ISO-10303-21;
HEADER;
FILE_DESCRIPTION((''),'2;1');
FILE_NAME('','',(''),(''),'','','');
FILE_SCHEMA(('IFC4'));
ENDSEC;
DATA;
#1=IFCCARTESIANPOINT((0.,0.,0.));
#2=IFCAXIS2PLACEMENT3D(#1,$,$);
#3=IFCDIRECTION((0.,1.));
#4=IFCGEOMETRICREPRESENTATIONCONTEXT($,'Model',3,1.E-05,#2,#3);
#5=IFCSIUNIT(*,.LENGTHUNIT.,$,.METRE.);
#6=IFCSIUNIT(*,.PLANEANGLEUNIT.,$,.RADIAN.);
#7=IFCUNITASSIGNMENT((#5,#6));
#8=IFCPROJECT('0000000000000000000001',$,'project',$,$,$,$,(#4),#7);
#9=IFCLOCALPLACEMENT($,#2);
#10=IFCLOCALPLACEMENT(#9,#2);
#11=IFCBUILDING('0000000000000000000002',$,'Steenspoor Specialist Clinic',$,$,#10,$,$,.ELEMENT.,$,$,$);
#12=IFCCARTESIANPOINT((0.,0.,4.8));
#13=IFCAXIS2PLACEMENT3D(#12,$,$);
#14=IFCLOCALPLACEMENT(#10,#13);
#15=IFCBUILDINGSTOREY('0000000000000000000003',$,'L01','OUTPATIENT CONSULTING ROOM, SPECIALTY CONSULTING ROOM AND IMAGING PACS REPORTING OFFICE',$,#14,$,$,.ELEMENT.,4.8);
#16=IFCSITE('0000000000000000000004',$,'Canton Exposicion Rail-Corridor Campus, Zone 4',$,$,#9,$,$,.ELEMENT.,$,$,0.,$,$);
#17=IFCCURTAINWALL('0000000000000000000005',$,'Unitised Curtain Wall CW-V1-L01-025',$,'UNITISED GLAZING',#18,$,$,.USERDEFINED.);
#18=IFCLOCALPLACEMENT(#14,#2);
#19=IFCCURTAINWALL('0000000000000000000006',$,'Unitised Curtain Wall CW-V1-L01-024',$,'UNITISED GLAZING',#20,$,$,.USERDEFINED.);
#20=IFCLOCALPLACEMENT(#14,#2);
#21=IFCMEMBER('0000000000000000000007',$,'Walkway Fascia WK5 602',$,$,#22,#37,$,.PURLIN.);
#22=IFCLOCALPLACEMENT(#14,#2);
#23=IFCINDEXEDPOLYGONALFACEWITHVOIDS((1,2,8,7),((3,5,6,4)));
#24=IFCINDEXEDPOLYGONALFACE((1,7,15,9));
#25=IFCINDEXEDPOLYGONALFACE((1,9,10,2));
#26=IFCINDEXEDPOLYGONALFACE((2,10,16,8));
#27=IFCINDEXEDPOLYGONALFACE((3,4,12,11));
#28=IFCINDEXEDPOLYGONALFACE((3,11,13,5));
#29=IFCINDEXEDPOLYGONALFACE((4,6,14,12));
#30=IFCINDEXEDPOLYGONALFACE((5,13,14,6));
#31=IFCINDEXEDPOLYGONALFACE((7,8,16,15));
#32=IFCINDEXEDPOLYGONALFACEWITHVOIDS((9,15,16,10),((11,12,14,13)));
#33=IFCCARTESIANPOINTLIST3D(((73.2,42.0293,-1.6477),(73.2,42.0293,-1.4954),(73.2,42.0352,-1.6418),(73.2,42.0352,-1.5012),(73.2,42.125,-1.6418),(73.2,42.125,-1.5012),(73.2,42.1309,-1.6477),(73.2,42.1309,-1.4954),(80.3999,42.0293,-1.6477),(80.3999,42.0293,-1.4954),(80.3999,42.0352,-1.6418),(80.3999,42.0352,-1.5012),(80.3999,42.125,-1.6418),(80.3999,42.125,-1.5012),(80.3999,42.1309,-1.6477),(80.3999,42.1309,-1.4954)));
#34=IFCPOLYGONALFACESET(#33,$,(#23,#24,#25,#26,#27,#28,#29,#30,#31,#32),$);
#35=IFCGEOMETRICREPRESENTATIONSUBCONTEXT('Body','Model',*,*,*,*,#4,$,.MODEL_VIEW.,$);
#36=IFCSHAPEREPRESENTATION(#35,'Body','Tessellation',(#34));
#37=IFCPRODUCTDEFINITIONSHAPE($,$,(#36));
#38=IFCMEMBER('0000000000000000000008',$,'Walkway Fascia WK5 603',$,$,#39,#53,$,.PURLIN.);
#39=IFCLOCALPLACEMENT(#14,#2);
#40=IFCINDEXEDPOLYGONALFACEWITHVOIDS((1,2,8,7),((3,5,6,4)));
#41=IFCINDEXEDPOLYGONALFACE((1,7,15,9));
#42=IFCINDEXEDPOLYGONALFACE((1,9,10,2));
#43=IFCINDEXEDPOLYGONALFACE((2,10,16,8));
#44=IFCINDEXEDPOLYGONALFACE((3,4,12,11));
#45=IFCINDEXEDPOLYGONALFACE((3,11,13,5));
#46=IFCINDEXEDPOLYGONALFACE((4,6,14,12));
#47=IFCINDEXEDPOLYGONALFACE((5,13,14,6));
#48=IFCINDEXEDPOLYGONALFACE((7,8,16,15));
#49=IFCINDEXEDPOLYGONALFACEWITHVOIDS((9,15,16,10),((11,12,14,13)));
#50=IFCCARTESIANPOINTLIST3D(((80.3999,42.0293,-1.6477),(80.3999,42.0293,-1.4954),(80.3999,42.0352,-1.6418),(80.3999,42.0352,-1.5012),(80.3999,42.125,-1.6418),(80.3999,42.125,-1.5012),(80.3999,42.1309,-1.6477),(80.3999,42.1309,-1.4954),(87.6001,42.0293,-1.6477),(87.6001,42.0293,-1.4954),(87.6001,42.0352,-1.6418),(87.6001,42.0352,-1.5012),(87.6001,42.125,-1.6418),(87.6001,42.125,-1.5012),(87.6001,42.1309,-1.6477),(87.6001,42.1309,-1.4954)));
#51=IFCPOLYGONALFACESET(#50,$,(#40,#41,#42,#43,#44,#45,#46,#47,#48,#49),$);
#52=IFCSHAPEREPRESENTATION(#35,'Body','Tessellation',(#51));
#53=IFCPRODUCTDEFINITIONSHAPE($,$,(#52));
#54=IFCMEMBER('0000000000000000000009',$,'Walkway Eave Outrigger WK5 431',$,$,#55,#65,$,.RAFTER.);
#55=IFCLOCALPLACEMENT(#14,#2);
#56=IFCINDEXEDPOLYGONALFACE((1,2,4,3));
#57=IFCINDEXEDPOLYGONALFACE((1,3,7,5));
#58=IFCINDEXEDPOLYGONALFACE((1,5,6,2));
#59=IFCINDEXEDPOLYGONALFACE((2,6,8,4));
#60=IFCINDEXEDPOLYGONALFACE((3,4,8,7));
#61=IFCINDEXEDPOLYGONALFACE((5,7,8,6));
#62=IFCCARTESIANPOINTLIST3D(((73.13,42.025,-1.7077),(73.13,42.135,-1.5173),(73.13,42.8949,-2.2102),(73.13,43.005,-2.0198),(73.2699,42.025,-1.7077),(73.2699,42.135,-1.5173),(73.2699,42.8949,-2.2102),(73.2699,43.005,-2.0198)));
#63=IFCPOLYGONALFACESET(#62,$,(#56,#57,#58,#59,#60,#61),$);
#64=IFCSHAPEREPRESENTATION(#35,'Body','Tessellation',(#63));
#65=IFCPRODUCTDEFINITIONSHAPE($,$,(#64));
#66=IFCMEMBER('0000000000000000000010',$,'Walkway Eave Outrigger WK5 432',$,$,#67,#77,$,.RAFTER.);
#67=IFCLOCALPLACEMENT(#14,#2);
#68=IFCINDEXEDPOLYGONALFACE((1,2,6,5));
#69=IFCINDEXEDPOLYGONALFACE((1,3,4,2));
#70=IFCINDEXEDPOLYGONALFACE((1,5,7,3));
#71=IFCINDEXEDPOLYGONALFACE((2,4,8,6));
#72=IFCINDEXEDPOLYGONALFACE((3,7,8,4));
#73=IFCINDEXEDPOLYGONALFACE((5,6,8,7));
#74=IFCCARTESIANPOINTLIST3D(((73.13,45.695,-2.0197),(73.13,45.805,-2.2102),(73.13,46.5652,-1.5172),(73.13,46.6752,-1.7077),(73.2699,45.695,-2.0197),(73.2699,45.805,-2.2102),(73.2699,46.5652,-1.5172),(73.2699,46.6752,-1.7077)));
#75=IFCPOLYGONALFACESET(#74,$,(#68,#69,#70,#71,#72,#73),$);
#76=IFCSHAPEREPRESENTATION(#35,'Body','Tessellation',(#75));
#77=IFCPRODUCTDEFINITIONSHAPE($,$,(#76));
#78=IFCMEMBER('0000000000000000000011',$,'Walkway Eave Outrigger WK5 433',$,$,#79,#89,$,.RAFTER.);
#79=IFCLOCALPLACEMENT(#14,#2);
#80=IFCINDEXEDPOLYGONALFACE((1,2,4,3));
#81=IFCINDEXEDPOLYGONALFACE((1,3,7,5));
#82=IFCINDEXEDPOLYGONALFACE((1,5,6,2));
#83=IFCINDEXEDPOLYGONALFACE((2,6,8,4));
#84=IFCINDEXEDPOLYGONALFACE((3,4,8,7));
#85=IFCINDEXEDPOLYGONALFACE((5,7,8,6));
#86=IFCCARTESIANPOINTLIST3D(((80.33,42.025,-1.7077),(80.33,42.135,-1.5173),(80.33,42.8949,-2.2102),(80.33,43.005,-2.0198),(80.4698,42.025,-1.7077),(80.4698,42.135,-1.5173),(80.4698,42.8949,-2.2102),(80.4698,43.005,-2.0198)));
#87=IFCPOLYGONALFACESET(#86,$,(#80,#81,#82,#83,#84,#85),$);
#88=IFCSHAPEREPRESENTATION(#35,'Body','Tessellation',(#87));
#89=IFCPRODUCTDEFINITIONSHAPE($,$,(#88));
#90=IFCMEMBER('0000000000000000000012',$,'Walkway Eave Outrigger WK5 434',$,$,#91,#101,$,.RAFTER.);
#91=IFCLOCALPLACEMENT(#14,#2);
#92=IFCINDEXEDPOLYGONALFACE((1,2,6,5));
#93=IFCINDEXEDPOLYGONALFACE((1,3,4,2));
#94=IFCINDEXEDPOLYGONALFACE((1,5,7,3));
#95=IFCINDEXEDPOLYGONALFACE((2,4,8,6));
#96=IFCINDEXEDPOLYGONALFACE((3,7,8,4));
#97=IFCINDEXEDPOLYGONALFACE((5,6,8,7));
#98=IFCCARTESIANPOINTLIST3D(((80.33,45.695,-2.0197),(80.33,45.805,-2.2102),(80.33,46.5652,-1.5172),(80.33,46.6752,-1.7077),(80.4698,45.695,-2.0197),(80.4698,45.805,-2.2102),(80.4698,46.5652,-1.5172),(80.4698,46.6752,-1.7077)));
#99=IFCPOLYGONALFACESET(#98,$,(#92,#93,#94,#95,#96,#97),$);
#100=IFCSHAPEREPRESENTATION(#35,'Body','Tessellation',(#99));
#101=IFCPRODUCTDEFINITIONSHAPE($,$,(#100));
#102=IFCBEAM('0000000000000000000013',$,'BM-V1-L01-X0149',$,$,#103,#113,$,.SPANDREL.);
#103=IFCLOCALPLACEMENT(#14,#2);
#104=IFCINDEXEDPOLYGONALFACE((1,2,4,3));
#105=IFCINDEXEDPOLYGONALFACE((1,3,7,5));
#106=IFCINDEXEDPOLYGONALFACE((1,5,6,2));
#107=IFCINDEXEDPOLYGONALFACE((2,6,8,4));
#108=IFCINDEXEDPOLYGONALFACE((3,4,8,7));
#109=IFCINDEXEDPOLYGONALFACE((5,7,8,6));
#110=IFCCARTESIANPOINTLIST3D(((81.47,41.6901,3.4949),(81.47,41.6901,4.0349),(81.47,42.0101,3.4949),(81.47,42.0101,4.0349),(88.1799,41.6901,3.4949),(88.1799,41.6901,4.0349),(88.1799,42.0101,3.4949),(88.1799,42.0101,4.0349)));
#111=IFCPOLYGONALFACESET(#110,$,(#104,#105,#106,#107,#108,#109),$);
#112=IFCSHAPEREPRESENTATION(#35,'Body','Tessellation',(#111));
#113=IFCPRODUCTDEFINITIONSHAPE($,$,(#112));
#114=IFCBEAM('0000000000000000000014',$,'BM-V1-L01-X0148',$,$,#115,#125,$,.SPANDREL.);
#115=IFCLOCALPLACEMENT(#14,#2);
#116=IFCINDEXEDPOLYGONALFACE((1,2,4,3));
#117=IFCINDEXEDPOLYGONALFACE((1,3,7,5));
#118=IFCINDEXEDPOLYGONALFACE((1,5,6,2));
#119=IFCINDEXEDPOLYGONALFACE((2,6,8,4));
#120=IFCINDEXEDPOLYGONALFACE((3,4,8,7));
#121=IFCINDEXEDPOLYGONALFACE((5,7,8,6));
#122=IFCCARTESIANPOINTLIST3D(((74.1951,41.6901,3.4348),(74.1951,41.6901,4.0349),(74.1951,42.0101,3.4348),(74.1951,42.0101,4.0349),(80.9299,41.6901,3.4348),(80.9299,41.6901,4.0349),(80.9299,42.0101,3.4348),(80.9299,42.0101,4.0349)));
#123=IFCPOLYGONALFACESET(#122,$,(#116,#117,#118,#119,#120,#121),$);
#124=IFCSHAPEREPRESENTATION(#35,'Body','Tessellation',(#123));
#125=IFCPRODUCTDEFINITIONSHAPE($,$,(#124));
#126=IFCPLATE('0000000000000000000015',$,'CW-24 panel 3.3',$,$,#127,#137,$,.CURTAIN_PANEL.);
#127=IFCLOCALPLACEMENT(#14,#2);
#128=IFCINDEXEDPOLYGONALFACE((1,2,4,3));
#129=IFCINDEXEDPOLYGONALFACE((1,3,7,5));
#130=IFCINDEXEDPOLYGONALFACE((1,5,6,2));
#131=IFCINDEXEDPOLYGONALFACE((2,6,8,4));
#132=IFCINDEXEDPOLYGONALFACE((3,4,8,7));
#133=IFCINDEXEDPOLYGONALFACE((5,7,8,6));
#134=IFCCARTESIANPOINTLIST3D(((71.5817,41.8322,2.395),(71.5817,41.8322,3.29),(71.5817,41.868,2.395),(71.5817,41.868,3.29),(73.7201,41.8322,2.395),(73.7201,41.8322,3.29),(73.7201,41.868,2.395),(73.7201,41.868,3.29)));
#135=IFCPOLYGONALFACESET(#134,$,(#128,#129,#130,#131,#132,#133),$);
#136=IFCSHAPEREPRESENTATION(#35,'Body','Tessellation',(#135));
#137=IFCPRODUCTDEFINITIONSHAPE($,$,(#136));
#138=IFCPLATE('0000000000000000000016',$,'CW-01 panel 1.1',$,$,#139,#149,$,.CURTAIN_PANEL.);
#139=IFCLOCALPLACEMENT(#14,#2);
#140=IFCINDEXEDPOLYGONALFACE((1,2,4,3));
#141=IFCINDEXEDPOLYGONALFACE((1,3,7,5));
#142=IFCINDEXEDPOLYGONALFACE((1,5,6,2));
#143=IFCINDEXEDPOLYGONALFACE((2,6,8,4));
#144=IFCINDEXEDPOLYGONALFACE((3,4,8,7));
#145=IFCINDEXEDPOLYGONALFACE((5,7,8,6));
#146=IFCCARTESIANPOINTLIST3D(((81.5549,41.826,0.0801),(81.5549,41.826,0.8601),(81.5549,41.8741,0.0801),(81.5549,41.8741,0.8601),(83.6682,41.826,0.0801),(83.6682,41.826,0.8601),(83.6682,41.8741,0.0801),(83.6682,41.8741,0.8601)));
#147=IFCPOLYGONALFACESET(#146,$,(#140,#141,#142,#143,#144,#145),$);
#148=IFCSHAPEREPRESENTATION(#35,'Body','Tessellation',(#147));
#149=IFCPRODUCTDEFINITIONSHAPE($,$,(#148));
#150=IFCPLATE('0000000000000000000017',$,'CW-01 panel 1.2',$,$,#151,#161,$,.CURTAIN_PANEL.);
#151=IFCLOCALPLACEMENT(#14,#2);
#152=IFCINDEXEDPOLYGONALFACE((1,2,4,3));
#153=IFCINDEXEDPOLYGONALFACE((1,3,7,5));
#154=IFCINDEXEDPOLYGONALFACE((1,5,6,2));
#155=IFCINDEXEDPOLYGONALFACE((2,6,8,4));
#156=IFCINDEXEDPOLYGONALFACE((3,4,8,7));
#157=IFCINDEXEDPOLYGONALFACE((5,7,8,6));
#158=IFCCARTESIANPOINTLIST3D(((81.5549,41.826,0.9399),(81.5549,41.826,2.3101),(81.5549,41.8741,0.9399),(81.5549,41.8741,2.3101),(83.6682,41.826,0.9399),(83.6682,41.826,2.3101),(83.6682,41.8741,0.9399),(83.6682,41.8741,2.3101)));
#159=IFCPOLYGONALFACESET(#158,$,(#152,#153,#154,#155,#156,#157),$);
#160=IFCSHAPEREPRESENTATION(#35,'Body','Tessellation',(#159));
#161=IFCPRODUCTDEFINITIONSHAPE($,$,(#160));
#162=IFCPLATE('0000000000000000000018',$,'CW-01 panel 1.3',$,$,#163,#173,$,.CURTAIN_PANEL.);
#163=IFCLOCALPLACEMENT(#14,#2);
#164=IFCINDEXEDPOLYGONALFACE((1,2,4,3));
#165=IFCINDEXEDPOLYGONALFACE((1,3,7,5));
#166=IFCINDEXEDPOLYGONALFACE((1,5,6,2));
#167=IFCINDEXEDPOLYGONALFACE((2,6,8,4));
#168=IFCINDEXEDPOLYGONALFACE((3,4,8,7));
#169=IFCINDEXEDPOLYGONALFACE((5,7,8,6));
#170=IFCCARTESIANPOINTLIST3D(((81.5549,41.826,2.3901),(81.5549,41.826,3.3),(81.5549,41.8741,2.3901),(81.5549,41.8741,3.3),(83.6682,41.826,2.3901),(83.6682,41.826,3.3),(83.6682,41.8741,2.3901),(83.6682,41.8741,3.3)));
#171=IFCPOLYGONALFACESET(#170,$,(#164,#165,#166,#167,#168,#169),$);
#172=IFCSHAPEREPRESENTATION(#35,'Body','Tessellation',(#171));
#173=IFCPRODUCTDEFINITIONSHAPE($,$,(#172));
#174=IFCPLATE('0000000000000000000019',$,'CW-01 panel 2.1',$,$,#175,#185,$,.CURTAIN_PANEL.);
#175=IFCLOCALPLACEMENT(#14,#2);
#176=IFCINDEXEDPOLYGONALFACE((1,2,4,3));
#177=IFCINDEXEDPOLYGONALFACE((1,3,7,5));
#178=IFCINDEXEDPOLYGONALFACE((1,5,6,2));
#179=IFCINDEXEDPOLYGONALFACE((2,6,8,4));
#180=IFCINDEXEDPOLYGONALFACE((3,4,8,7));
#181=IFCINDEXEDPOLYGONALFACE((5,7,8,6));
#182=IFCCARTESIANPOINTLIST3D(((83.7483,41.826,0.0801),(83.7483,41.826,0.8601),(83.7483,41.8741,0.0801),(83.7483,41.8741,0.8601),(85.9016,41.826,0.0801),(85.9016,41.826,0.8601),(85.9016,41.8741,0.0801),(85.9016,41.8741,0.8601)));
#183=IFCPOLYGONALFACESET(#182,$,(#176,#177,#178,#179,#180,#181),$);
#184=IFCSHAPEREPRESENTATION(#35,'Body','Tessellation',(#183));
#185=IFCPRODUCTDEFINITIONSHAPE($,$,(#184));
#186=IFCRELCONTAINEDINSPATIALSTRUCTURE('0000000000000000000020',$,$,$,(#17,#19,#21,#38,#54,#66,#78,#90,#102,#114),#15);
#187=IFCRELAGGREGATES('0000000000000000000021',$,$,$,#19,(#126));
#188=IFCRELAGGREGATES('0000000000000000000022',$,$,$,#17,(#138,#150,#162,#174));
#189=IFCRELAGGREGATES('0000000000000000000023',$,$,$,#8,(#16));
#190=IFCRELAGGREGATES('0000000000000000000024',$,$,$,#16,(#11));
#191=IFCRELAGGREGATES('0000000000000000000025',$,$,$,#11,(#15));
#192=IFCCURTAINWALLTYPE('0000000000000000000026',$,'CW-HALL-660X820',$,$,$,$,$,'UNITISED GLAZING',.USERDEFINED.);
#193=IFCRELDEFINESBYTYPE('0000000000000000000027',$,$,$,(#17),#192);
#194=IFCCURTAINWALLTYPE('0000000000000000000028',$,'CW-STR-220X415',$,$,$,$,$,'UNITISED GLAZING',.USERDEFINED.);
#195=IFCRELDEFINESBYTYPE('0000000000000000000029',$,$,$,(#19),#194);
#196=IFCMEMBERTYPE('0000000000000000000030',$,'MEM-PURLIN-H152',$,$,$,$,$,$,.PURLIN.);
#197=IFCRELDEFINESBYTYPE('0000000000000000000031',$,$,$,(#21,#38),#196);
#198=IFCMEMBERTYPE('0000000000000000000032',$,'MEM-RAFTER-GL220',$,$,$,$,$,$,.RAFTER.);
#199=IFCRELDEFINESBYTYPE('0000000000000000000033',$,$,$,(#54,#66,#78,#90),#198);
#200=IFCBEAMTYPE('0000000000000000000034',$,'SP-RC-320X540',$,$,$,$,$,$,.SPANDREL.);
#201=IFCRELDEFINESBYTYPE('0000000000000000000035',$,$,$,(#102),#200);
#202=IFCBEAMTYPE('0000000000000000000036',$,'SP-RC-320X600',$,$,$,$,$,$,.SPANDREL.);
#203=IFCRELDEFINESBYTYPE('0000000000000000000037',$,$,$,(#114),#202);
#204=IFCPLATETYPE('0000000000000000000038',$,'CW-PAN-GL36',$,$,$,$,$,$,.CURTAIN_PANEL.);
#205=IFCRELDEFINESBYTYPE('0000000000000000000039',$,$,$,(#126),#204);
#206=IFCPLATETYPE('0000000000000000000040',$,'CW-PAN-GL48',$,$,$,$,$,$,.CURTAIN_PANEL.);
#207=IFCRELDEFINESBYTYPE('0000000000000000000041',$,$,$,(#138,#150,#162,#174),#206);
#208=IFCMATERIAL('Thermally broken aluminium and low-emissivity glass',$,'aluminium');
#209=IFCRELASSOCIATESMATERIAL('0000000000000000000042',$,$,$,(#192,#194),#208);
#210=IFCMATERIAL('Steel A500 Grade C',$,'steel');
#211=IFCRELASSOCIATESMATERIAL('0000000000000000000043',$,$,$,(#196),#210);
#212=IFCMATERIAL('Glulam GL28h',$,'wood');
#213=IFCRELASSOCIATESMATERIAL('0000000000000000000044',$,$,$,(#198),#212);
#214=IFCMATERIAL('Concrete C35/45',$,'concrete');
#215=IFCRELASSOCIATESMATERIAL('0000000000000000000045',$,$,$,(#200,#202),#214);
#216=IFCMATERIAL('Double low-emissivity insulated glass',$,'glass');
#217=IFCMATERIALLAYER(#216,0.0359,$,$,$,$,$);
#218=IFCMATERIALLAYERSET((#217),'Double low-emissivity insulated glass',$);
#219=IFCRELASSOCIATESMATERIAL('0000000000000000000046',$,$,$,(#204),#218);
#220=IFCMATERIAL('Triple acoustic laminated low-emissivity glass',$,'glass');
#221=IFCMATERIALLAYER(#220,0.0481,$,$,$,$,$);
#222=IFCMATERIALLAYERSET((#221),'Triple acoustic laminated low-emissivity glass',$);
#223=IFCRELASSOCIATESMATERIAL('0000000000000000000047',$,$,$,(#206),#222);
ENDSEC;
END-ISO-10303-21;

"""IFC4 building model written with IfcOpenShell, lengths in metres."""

from ifc_helpers import new_model, si_unit, direction, frame, origin, origin_2d, place, context, subcontext, project, spatial, rectangle, hollow_rectangle, extrude, material, layer, layer_set, material_profile, profile_set, type_object, element, aggregate, save


model = new_model("IFC4")

# Units and contexts
model_context = context("Model", 3, precision=1e-05, world=origin(), true_north=direction((0.0, 1.0)))
body_context = subcontext(model_context, "Body", "Model", "MODEL_VIEW")
ifc_project = project(units=[si_unit("LENGTHUNIT", "METRE"), si_unit("PLANEANGLEUNIT", "RADIAN")], contexts=[model_context])

# Site, building, storey
site_placement = place(None, origin())
site = spatial("IfcSite", under=ifc_project, at=site_placement, Name="Canton Exposicion Rail-Corridor Campus, Zone 4", CompositionType="ELEMENT", RefElevation=0.0)
building_placement = place(site_placement, origin())
building = spatial("IfcBuilding", under=site, at=building_placement, Name="Steenspoor Specialist Clinic", CompositionType="ELEMENT")
storey_placement = place(building_placement, frame((0.0, 0.0, 4.8)))
storey = spatial("IfcBuildingStorey", under=building, at=storey_placement, Name="L01", Description="OUTPATIENT CONSULTING ROOM, SPECIALTY CONSULTING ROOM AND IMAGING PACS REPORTING OFFICE", CompositionType="ELEMENT", Elevation=4.8)

# Curtain wall
ifc_material_1 = material(Name="Thermally broken aluminium and low-emissivity glass", Category="aluminium")
curtain_wall_type_1 = type_object("IfcCurtainWallType", Name="CW-HALL-660X820", ElementType="UNITISED GLAZING", PredefinedType="USERDEFINED", material=ifc_material_1)
curtain_wall_1_placement = place(storey_placement, origin())
curtain_wall_1 = element("IfcCurtainWall", 1, at=curtain_wall_1_placement, inside=storey, type_object=curtain_wall_type_1, Name="Unitised Curtain Wall CW-V1-L01-025", ObjectType="UNITISED GLAZING", PredefinedType="USERDEFINED")

# Curtain wall
curtain_wall_type_2 = type_object("IfcCurtainWallType", Name="CW-STR-220X415", ElementType="UNITISED GLAZING", PredefinedType="USERDEFINED", material=ifc_material_1)
curtain_wall_2_placement = place(storey_placement, origin())
curtain_wall_2 = element("IfcCurtainWall", 2, at=curtain_wall_2_placement, inside=storey, type_object=curtain_wall_type_2, Name="Unitised Curtain Wall CW-V1-L01-024", ObjectType="UNITISED GLAZING", PredefinedType="USERDEFINED")

# Members
ifc_material_2 = material(Name="Steel A500 Grade C", Category="steel")
ifc_material_profile_1 = material_profile(ifc_material_2, hollow_rectangle(XDim=0.1016, YDim=0.1523, WallThickness=0.0059, at=origin_2d()), Name="HSS152X102X6.4")
ifc_profile_set_1 = profile_set([ifc_material_profile_1], Name="Steel A500 Grade C")
member_type_1 = type_object("IfcMemberType", Name="MEM-PURLIN-H152", PredefinedType="PURLIN", material=ifc_profile_set_1)
member_1_placement = place(storey_placement, frame((73.2, 42.0801, -1.5715), z_axis=(1.0, 0.0, 0.0), x_axis=(0.0, 1.0, 0.0)))
element("IfcMember", 3, at=member_1_placement, inside=storey, type_object=member_type_1, Name="Walkway Fascia WK5 602", PredefinedType="PURLIN", context=body_context, shape_type="SweptSolid", body=[
    extrude(hollow_rectangle(XDim=0.1016, YDim=0.1523, WallThickness=0.0059, at=origin_2d()), origin(), (0.0, 0.0, 1.0), 7.2),
])
member_2_placement = place(storey_placement, frame((80.3999, 42.0801, -1.5715), z_axis=(1.0, 0.0, 0.0), x_axis=(0.0, 1.0, 0.0)))
element("IfcMember", 4, at=member_2_placement, inside=storey, type_object=member_type_1, Name="Walkway Fascia WK5 603", PredefinedType="PURLIN", context=body_context, shape_type="SweptSolid", body=[
    extrude(hollow_rectangle(XDim=0.1016, YDim=0.1523, WallThickness=0.0059, at=origin_2d()), origin(), (0.0, 0.0, 1.0), 7.2002),
])
ifc_material_3 = material(Name="Glulam GL28h", Category="wood")
ifc_material_profile_2 = material_profile(ifc_material_3, rectangle(XDim=0.1399, YDim=0.22, at=origin_2d()), Name="GL28H-140X220")
ifc_profile_set_2 = profile_set([ifc_material_profile_2], Name="Glulam GL28h")
member_type_2 = type_object("IfcMemberType", Name="MEM-RAFTER-GL220", PredefinedType="RAFTER", material=ifc_profile_set_2)
member_3_placement = place(storey_placement, frame((73.2, 42.95, -2.115), z_axis=(0.0, -0.865931, 0.500164), x_axis=(1.0, 0.0, 0.0)))
element("IfcMember", 5, at=member_3_placement, inside=storey, type_object=member_type_2, Name="Walkway Eave Outrigger WK5 431", PredefinedType="RAFTER", context=body_context, shape_type="SweptSolid", body=[
    extrude(rectangle(XDim=0.1399, YDim=0.22, at=origin_2d()), origin(), (0.0, 0.0, 1.0), 1.0046),
])
member_4_placement = place(storey_placement, frame((73.2, 45.75, -2.115), z_axis=(0.0, 0.865991, 0.500059), x_axis=(-1.0, 0.0, 0.0)))
element("IfcMember", 6, at=member_4_placement, inside=storey, type_object=member_type_2, Name="Walkway Eave Outrigger WK5 432", PredefinedType="RAFTER", context=body_context, shape_type="SweptSolid", body=[
    extrude(rectangle(XDim=0.1399, YDim=0.22, at=origin_2d()), origin(), (0.0, 0.0, 1.0), 1.0049),
])
member_5_placement = place(storey_placement, frame((80.3999, 42.95, -2.115), z_axis=(0.0, -0.865931, 0.500164), x_axis=(1.0, 0.0, 0.0)))
element("IfcMember", 7, at=member_5_placement, inside=storey, type_object=member_type_2, Name="Walkway Eave Outrigger WK5 433", PredefinedType="RAFTER", context=body_context, shape_type="SweptSolid", body=[
    extrude(rectangle(XDim=0.1399, YDim=0.22, at=origin_2d()), origin(), (0.0, 0.0, 1.0), 1.0046),
])
member_6_placement = place(storey_placement, frame((80.3999, 45.75, -2.115), z_axis=(0.0, 0.865991, 0.500059), x_axis=(-1.0, 0.0, 0.0)))
element("IfcMember", 8, at=member_6_placement, inside=storey, type_object=member_type_2, Name="Walkway Eave Outrigger WK5 434", PredefinedType="RAFTER", context=body_context, shape_type="SweptSolid", body=[
    extrude(rectangle(XDim=0.1399, YDim=0.22, at=origin_2d()), origin(), (0.0, 0.0, 1.0), 1.0049),
])

# Beams
ifc_material_4 = material(Name="Concrete C35/45", Category="concrete")
ifc_material_profile_3 = material_profile(ifc_material_4, rectangle(XDim=0.3201, YDim=0.54, at=origin_2d()), Name="RC-SP-320X540")
ifc_profile_set_3 = profile_set([ifc_material_profile_3], Name="Concrete C35/45")
beam_type_1 = type_object("IfcBeamType", Name="SP-RC-320X540", PredefinedType="SPANDREL", material=ifc_profile_set_3)
beam_1_placement = place(storey_placement, frame((81.47, 41.8501, 3.7649), z_axis=(1.0, 0.0, 0.0), x_axis=(0.0, 1.0, 0.0)))
element("IfcBeam", 9, at=beam_1_placement, inside=storey, type_object=beam_type_1, Name="BM-V1-L01-X0149", PredefinedType="SPANDREL", context=body_context, shape_type="SweptSolid", body=[
    extrude(rectangle(XDim=0.3201, YDim=0.54, at=origin_2d()), origin(), (0.0, 0.0, 1.0), 6.71),
])
ifc_material_profile_4 = material_profile(ifc_material_4, rectangle(XDim=0.3201, YDim=0.6001, at=origin_2d()), Name="RC-SP-320X600")
ifc_profile_set_4 = profile_set([ifc_material_profile_4], Name="Concrete C35/45")
beam_type_2 = type_object("IfcBeamType", Name="SP-RC-320X600", PredefinedType="SPANDREL", material=ifc_profile_set_4)
beam_2_placement = place(storey_placement, frame((74.1951, 41.8501, 3.7349), z_axis=(1.0, 0.0, 0.0), x_axis=(0.0, 1.0, 0.0)))
element("IfcBeam", 10, at=beam_2_placement, inside=storey, type_object=beam_type_2, Name="BM-V1-L01-X0148", PredefinedType="SPANDREL", context=body_context, shape_type="SweptSolid", body=[
    extrude(rectangle(XDim=0.3201, YDim=0.6001, at=origin_2d()), origin(), (0.0, 0.0, 1.0), 6.7349),
])

# Plates
ifc_material_5 = material(Name="Double low-emissivity insulated glass", Category="glass")
ifc_layer_1 = layer(ifc_material_5, 0.0359)
ifc_layer_set_1 = layer_set([ifc_layer_1], Name="Double low-emissivity insulated glass")
plate_type_1 = type_object("IfcPlateType", Name="CW-PAN-GL36", PredefinedType="CURTAIN_PANEL", material=ifc_layer_set_1)
plate_1_placement = place(storey_placement, frame((72.6509, 41.8501, 2.395), z_axis=(0.0, 0.0, 1.0), x_axis=(1.0, 0.0, 0.0)))
plate_1 = element("IfcPlate", 11, at=plate_1_placement, type_object=plate_type_1, Name="CW-24 panel 3.3", PredefinedType="CURTAIN_PANEL", context=body_context, shape_type="SweptSolid", body=[
    extrude(rectangle(XDim=2.1384, YDim=0.0359, at=origin_2d()), origin(), (0.0, 0.0, 1.0), 0.895),
])
aggregate(curtain_wall_2, [plate_1])
ifc_material_6 = material(Name="Triple acoustic laminated low-emissivity glass", Category="glass")
ifc_layer_2 = layer(ifc_material_6, 0.0481)
ifc_layer_set_2 = layer_set([ifc_layer_2], Name="Triple acoustic laminated low-emissivity glass")
plate_type_2 = type_object("IfcPlateType", Name="CW-PAN-GL48", PredefinedType="CURTAIN_PANEL", material=ifc_layer_set_2)
plate_2_placement = place(storey_placement, frame((82.6116, 41.8501, 0.0801), z_axis=(0.0, 0.0, 1.0), x_axis=(1.0, 0.0, 0.0)))
plate_2 = element("IfcPlate", 12, at=plate_2_placement, type_object=plate_type_2, Name="CW-01 panel 1.1", PredefinedType="CURTAIN_PANEL", context=body_context, shape_type="SweptSolid", body=[
    extrude(rectangle(XDim=2.1133, YDim=0.0481, at=origin_2d()), origin(), (0.0, 0.0, 1.0), 0.78),
])
plate_3_placement = place(storey_placement, frame((82.6116, 41.8501, 0.9399), z_axis=(0.0, 0.0, 1.0), x_axis=(1.0, 0.0, 0.0)))
plate_3 = element("IfcPlate", 13, at=plate_3_placement, type_object=plate_type_2, Name="CW-01 panel 1.2", PredefinedType="CURTAIN_PANEL", context=body_context, shape_type="SweptSolid", body=[
    extrude(rectangle(XDim=2.1133, YDim=0.0481, at=origin_2d()), origin(), (0.0, 0.0, 1.0), 1.3701),
])
plate_4_placement = place(storey_placement, frame((82.6116, 41.8501, 2.3901), z_axis=(0.0, 0.0, 1.0), x_axis=(1.0, 0.0, 0.0)))
plate_4 = element("IfcPlate", 14, at=plate_4_placement, type_object=plate_type_2, Name="CW-01 panel 1.3", PredefinedType="CURTAIN_PANEL", context=body_context, shape_type="SweptSolid", body=[
    extrude(rectangle(XDim=2.1133, YDim=0.0481, at=origin_2d()), origin(), (0.0, 0.0, 1.0), 0.9099),
])
plate_5_placement = place(storey_placement, frame((84.825, 41.8501, 0.0801), z_axis=(0.0, 0.0, 1.0), x_axis=(1.0, 0.0, 0.0)))
plate_5 = element("IfcPlate", 15, at=plate_5_placement, type_object=plate_type_2, Name="CW-01 panel 2.1", PredefinedType="CURTAIN_PANEL", context=body_context, shape_type="SweptSolid", body=[
    extrude(rectangle(XDim=2.1533, YDim=0.0481, at=origin_2d()), origin(), (0.0, 0.0, 1.0), 0.78),
])
aggregate(curtain_wall_1, [plate_2, plate_3, plate_4, plate_5])

save(model, "model.ifc")
